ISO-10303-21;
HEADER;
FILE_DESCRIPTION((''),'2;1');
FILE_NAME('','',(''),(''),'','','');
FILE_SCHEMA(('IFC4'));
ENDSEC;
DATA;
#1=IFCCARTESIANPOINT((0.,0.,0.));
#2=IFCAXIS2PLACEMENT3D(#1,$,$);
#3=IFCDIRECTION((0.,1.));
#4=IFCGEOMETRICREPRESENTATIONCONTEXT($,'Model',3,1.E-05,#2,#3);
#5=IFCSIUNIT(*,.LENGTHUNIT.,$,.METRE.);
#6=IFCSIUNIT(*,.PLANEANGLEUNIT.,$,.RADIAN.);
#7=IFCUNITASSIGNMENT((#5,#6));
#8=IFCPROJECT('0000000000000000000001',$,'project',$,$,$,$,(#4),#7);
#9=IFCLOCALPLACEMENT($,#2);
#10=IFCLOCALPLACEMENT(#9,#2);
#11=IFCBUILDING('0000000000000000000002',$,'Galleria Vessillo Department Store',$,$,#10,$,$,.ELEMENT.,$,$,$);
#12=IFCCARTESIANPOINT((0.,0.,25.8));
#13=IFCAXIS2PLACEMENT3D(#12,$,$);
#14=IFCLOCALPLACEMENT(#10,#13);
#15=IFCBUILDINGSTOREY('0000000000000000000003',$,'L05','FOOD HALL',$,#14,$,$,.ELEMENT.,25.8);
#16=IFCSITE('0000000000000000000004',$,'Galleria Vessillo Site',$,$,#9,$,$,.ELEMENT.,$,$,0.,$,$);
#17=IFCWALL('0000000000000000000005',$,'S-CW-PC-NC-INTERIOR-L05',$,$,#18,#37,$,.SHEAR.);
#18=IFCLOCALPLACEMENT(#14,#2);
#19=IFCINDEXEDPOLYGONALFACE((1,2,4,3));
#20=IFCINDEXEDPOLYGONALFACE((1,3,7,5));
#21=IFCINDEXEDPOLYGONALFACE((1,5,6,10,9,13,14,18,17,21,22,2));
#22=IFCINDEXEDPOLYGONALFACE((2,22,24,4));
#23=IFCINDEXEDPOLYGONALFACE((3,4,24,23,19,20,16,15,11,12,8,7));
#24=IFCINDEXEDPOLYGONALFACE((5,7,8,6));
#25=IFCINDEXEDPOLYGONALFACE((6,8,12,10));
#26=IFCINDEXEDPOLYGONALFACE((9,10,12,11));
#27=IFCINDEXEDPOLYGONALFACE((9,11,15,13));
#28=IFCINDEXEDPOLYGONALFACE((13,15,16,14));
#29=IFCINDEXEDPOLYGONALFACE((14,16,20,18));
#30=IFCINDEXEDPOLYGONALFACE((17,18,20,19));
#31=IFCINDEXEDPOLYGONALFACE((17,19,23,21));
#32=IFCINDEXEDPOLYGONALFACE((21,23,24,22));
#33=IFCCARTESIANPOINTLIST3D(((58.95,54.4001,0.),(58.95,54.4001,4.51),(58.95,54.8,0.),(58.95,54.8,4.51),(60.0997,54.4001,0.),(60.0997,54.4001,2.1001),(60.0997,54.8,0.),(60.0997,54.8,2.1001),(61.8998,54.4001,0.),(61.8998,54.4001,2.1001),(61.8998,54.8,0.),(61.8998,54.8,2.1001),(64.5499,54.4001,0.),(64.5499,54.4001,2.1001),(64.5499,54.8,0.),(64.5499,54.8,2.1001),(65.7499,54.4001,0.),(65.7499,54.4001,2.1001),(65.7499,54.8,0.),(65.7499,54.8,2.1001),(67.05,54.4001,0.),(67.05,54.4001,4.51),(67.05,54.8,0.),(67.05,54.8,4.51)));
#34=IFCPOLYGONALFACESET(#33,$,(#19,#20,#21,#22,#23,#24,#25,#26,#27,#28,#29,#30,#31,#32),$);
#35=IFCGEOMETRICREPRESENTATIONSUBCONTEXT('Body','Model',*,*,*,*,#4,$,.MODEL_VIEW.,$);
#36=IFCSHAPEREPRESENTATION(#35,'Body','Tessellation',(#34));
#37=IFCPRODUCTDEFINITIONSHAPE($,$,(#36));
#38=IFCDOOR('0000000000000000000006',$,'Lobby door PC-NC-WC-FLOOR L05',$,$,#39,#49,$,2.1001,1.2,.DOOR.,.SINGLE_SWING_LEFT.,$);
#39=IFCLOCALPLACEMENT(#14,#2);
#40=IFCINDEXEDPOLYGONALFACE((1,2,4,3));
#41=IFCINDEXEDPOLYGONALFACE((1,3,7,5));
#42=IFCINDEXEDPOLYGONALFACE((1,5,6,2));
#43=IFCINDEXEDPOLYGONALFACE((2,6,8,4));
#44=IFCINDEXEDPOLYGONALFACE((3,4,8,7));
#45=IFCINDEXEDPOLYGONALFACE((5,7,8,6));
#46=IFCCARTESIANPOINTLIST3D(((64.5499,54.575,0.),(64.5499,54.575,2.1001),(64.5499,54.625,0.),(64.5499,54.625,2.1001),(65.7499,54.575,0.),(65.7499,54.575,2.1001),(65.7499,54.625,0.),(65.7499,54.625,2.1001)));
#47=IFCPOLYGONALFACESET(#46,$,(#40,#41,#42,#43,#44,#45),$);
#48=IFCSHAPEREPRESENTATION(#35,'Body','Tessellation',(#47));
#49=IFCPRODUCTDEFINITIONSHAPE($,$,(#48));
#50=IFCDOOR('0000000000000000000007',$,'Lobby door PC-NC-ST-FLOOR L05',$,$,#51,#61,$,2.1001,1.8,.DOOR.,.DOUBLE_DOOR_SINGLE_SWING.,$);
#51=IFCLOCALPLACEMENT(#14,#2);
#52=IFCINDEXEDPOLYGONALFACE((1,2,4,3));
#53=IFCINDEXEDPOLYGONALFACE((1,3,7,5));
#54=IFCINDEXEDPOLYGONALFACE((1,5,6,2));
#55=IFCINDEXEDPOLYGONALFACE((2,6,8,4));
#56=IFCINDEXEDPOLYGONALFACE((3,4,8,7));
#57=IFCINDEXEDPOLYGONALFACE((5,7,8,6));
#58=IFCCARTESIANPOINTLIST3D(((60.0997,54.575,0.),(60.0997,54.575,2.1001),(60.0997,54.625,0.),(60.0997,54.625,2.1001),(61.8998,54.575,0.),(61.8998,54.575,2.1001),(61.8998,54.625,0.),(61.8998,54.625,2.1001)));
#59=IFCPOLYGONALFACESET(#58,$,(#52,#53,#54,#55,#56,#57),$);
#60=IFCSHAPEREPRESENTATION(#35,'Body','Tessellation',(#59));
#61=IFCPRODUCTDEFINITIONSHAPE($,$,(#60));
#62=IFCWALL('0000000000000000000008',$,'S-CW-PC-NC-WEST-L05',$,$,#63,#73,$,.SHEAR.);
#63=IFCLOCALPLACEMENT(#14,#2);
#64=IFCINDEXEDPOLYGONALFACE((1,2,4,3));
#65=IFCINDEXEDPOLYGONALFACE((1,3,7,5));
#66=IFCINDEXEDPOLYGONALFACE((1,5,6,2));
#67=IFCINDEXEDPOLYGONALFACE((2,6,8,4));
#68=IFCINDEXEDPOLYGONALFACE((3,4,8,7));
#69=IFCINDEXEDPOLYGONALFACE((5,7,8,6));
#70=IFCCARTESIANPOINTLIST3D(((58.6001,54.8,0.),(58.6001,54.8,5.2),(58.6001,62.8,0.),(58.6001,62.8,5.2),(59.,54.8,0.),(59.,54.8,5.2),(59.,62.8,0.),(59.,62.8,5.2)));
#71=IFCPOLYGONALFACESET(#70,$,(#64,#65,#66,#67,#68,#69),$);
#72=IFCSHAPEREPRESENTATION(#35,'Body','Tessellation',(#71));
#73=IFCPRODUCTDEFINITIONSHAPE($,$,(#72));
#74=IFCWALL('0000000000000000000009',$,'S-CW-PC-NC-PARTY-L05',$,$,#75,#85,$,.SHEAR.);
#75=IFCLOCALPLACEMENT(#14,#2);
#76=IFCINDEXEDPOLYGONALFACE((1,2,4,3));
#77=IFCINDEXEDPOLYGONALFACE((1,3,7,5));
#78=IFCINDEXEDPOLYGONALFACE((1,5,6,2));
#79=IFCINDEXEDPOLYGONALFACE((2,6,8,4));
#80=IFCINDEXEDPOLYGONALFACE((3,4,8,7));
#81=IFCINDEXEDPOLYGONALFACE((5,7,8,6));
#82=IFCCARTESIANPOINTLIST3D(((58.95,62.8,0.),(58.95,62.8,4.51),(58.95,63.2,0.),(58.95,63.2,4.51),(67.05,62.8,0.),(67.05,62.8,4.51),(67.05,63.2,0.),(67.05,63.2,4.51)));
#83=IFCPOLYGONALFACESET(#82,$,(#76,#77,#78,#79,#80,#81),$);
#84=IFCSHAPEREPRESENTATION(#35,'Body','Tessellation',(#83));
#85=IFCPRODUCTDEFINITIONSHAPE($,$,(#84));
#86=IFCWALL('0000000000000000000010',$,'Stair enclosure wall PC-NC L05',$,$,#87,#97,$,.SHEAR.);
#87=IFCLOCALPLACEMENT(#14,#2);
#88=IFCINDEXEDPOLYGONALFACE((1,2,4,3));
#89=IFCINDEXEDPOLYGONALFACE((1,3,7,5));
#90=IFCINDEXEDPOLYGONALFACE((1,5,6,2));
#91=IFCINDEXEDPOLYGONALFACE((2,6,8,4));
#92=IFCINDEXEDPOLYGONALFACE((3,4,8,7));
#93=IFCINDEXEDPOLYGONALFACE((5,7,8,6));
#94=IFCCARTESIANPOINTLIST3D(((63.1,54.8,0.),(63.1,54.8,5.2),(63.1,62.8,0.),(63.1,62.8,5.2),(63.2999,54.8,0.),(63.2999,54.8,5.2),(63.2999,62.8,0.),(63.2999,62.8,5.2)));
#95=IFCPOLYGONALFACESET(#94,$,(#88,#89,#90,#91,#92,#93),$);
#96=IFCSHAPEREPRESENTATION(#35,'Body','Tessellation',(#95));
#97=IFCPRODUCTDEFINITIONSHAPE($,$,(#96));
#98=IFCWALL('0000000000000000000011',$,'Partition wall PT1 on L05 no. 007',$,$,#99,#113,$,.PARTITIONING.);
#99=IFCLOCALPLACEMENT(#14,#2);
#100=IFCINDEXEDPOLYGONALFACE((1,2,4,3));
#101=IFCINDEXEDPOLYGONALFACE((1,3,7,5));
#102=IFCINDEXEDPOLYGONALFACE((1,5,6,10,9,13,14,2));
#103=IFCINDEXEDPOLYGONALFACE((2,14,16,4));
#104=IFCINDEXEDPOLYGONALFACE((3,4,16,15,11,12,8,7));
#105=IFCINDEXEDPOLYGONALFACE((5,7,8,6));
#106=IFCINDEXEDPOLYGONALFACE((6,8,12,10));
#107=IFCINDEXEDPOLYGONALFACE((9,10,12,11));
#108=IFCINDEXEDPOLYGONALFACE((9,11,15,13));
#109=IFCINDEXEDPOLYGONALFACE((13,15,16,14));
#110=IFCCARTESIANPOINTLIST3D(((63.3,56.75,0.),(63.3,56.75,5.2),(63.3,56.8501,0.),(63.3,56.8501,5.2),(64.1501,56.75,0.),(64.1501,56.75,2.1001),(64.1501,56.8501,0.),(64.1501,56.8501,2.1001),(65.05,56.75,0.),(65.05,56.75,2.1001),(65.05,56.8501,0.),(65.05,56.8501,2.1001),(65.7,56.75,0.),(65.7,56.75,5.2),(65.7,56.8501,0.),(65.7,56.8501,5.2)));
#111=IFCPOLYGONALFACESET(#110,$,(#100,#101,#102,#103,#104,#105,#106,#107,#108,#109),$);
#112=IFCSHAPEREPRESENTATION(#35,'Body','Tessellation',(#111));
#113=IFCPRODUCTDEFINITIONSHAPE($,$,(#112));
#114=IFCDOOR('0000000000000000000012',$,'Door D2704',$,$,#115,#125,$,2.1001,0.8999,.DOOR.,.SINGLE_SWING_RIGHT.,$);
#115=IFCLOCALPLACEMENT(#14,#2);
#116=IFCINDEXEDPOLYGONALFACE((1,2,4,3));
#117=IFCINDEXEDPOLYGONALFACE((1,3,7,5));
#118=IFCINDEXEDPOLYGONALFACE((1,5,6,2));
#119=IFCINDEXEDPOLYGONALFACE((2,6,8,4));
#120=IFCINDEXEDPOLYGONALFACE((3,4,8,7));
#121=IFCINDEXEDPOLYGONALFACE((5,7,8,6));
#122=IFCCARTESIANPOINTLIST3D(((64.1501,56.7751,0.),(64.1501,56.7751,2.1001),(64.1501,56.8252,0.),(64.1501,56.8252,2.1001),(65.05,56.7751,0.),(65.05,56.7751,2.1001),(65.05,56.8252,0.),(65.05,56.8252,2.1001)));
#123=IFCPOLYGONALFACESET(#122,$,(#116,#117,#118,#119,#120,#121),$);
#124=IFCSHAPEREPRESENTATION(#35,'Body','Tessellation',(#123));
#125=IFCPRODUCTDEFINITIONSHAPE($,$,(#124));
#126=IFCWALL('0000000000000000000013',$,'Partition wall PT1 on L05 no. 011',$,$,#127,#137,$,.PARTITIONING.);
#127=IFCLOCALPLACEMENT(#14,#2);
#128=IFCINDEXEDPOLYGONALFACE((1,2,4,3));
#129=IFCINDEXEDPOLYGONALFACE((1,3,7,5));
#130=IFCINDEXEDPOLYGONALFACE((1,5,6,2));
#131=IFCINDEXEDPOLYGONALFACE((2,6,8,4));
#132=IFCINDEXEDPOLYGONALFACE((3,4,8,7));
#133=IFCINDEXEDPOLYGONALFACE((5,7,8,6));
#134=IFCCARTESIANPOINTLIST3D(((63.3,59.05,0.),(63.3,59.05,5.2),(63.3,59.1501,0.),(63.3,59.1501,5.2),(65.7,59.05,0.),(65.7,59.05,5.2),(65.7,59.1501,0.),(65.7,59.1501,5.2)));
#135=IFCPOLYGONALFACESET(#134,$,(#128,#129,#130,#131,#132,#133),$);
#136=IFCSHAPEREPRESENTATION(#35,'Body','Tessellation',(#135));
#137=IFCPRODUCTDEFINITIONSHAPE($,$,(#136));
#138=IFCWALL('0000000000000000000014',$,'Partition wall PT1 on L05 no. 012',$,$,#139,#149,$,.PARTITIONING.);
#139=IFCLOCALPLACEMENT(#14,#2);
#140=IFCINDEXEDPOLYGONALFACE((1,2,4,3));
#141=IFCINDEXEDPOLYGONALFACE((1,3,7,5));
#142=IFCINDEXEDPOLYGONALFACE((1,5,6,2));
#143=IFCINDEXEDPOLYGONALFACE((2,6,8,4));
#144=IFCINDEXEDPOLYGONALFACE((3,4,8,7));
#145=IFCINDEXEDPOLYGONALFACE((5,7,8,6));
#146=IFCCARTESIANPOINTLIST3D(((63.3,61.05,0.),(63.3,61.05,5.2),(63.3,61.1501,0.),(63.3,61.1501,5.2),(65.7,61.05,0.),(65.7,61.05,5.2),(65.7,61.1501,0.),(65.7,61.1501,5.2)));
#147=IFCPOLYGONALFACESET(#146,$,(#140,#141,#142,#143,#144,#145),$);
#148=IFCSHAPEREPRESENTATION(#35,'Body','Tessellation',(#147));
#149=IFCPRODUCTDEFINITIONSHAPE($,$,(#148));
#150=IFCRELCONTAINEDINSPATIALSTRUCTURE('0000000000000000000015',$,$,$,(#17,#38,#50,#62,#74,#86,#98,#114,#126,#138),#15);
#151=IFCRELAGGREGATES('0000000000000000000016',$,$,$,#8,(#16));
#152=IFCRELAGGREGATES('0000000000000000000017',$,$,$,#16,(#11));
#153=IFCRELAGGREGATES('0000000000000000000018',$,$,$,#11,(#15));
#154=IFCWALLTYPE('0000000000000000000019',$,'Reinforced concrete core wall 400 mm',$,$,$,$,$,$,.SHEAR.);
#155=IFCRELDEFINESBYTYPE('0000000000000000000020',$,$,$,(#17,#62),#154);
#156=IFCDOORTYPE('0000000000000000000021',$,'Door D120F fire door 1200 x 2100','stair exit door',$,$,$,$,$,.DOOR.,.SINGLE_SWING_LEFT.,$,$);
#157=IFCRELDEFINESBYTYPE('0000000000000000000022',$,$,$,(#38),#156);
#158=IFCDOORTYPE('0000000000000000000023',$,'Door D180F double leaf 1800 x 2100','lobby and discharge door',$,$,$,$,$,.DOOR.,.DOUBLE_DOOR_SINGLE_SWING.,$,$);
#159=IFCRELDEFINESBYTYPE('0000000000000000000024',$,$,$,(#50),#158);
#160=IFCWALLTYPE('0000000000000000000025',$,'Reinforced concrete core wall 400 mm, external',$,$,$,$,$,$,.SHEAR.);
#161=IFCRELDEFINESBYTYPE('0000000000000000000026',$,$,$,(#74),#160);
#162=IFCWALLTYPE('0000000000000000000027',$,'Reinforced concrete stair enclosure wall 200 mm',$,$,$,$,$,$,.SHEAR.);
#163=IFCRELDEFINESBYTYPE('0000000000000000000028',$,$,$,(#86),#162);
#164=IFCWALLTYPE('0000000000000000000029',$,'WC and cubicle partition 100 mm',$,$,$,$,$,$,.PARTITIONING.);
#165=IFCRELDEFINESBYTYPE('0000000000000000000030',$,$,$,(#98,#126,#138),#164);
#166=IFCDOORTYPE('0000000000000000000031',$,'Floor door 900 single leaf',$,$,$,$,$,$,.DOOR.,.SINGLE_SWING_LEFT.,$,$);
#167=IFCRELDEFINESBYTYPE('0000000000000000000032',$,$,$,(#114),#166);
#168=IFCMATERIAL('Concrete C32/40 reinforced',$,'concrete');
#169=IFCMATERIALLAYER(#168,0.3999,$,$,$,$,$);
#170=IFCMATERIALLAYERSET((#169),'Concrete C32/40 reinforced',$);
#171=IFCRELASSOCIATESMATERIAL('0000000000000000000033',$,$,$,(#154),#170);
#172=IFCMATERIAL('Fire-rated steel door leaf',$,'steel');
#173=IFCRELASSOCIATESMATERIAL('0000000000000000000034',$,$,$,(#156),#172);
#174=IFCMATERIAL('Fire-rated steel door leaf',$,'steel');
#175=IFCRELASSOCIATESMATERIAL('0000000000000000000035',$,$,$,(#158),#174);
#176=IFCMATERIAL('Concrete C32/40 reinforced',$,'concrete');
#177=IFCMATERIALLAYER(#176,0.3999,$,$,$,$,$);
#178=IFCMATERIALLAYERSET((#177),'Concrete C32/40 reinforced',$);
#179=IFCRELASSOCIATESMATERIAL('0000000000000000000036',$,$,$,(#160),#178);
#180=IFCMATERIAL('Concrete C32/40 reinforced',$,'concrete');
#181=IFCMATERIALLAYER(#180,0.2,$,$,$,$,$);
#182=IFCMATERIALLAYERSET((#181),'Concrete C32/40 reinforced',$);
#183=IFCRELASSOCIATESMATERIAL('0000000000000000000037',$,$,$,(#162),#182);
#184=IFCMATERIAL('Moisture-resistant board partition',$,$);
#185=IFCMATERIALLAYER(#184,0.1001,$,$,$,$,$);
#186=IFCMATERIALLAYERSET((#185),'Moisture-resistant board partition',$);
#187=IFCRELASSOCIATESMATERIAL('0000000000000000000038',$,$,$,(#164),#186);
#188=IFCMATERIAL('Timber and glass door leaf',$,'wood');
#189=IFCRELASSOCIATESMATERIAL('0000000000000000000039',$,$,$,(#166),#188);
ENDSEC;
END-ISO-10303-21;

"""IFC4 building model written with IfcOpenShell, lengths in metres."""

from ifc_helpers import new_model, si_unit, direction, frame, frame_2d, origin, place, context, subcontext, project, spatial, rectangle, extrude, material, layer, layer_set, type_object, element, fill, save


model = new_model("IFC4")

# Units and contexts
model_context = context("Model", 3, precision=1e-05, world=origin(), true_north=direction((0.0, 1.0)))
body_context = subcontext(model_context, "Body", "Model", "MODEL_VIEW")
ifc_project = project(units=[si_unit("LENGTHUNIT", "METRE"), si_unit("PLANEANGLEUNIT", "RADIAN")], contexts=[model_context])

# Site, building, storey
site_placement = place(None, origin())
site = spatial("IfcSite", under=ifc_project, at=site_placement, Name="Galleria Vessillo Site", CompositionType="ELEMENT", RefElevation=0.0)
building_placement = place(site_placement, origin())
building = spatial("IfcBuilding", under=site, at=building_placement, Name="Galleria Vessillo Department Store", CompositionType="ELEMENT")
storey_placement = place(building_placement, frame((0.0, 0.0, 25.8)))
storey = spatial("IfcBuildingStorey", under=building, at=storey_placement, Name="L05", Description="FOOD HALL", CompositionType="ELEMENT", Elevation=25.8)

# Wall, openings, doors
ifc_material_1 = material(Name="Concrete C32/40 reinforced", Category="concrete")
ifc_layer_1 = layer(ifc_material_1, 0.3999)
ifc_layer_set_1 = layer_set([ifc_layer_1], Name="Concrete C32/40 reinforced")
wall_type_1 = type_object("IfcWallType", Name="Reinforced concrete core wall 400 mm", PredefinedType="SHEAR", material=ifc_layer_set_1)
wall_1_placement = place(storey_placement, frame((58.95, 54.6001, 0.0), z_axis=(0.0, 0.0, 1.0), x_axis=(1.0, 0.0, 0.0)))
wall_1 = element("IfcWall", 1, at=wall_1_placement, inside=storey, type_object=wall_type_1, Name="S-CW-PC-NC-INTERIOR-L05", PredefinedType="SHEAR", context=body_context, shape_type="SweptSolid", body=[
    extrude(rectangle(XDim=8.1001, YDim=0.3999, at=frame_2d((4.05, 0.0))), origin(), (0.0, 0.0, 1.0), 4.51),
])
opening_1_placement = place(wall_1_placement, frame((1.1499, 0.0, 0.0)))
opening_1 = element("IfcOpeningElement", 2, at=opening_1_placement, cuts=wall_1, PredefinedType="OPENING", context=body_context, shape_type="SweptSolid", body=[
    extrude(rectangle(XDim=1.8, YDim=2.1001, at=frame_2d((0.8999, 1.05))), frame((0.0, 0.21, 0.0), z_axis=(0.0, -1.0, 0.0), x_axis=(1.0, 0.0, 0.0)), (0.0, 0.0, 1.0), 0.4199),
])
opening_2_placement = place(wall_1_placement, frame((5.5999, 0.0, 0.0)))
opening_2 = element("IfcOpeningElement", 3, at=opening_2_placement, cuts=wall_1, PredefinedType="OPENING", context=body_context, shape_type="SweptSolid", body=[
    extrude(rectangle(XDim=1.2, YDim=2.1001, at=frame_2d((0.6001, 1.05))), frame((0.0, 0.21, 0.0), z_axis=(0.0, -1.0, 0.0), x_axis=(1.0, 0.0, 0.0)), (0.0, 0.0, 1.0), 0.4199),
])
ifc_material_2 = material(Name="Fire-rated steel door leaf", Category="steel")
door_type_1 = type_object("IfcDoorType", Name="Door D120F fire door 1200 x 2100", Description="stair exit door", OperationType="SINGLE_SWING_LEFT", PredefinedType="DOOR", material=ifc_material_2)
door_1_placement = place(opening_2_placement, origin())
door_1 = element("IfcDoor", 4, at=door_1_placement, inside=storey, type_object=door_type_1, Name="Lobby door PC-NC-WC-FLOOR L05", OperationType="SINGLE_SWING_LEFT", OverallHeight=2.1001, OverallWidth=1.2, PredefinedType="DOOR", context=body_context, shape_type="SweptSolid", body=[
    extrude(rectangle(XDim=1.2, YDim=2.1001, at=frame_2d((0.6001, 1.05))), frame((0.0, 0.0249, 0.0), z_axis=(0.0, -1.0, 0.0), x_axis=(1.0, 0.0, 0.0)), (0.0, 0.0, 1.0), 0.05),
])
fill(opening_2, door_1)
ifc_material_3 = material(Name="Fire-rated steel door leaf", Category="steel")
door_type_2 = type_object("IfcDoorType", Name="Door D180F double leaf 1800 x 2100", Description="lobby and discharge door", OperationType="DOUBLE_DOOR_SINGLE_SWING", PredefinedType="DOOR", material=ifc_material_3)
door_2_placement = place(opening_1_placement, origin())
door_2 = element("IfcDoor", 5, at=door_2_placement, inside=storey, type_object=door_type_2, Name="Lobby door PC-NC-ST-FLOOR L05", OperationType="DOUBLE_DOOR_SINGLE_SWING", OverallHeight=2.1001, OverallWidth=1.8, PredefinedType="DOOR", context=body_context, shape_type="SweptSolid", body=[
    extrude(rectangle(XDim=1.8, YDim=2.1001, at=frame_2d((0.8999, 1.05))), frame((0.0, 0.0249, 0.0), z_axis=(0.0, -1.0, 0.0), x_axis=(1.0, 0.0, 0.0)), (0.0, 0.0, 1.0), 0.05),
])
fill(opening_1, door_2)

# Walls
wall_2_placement = place(storey_placement, frame((58.8, 54.8, 0.0), z_axis=(0.0, 0.0, 1.0), x_axis=(0.0, 1.0, 0.0)))
element("IfcWall", 6, at=wall_2_placement, inside=storey, type_object=wall_type_1, Name="S-CW-PC-NC-WEST-L05", PredefinedType="SHEAR", context=body_context, shape_type="SweptSolid", body=[
    extrude(rectangle(XDim=8.0, YDim=0.3999, at=frame_2d((4.0, 0.0))), origin(), (0.0, 0.0, 1.0), 5.2),
])
ifc_material_4 = material(Name="Concrete C32/40 reinforced", Category="concrete")
ifc_layer_2 = layer(ifc_material_4, 0.3999)
ifc_layer_set_2 = layer_set([ifc_layer_2], Name="Concrete C32/40 reinforced")
wall_type_2 = type_object("IfcWallType", Name="Reinforced concrete core wall 400 mm, external", PredefinedType="SHEAR", material=ifc_layer_set_2)
wall_3_placement = place(storey_placement, frame((58.95, 63.0, 0.0), z_axis=(0.0, 0.0, 1.0), x_axis=(1.0, 0.0, 0.0)))
element("IfcWall", 7, at=wall_3_placement, inside=storey, type_object=wall_type_2, Name="S-CW-PC-NC-PARTY-L05", PredefinedType="SHEAR", context=body_context, shape_type="SweptSolid", body=[
    extrude(rectangle(XDim=8.1001, YDim=0.3999, at=frame_2d((4.05, 0.0))), origin(), (0.0, 0.0, 1.0), 4.51),
])
ifc_material_5 = material(Name="Concrete C32/40 reinforced", Category="concrete")
ifc_layer_3 = layer(ifc_material_5, 0.2)
ifc_layer_set_3 = layer_set([ifc_layer_3], Name="Concrete C32/40 reinforced")
wall_type_3 = type_object("IfcWallType", Name="Reinforced concrete stair enclosure wall 200 mm", PredefinedType="SHEAR", material=ifc_layer_set_3)
wall_4_placement = place(storey_placement, frame((63.2, 62.8, 0.0), z_axis=(0.0, 0.0, 1.0), x_axis=(0.0, -1.0, 0.0)))
element("IfcWall", 8, at=wall_4_placement, inside=storey, type_object=wall_type_3, Name="Stair enclosure wall PC-NC L05", PredefinedType="SHEAR", context=body_context, shape_type="SweptSolid", body=[
    extrude(rectangle(XDim=8.0, YDim=0.2, at=frame_2d((4.0, 0.0))), origin(), (0.0, 0.0, 1.0), 5.2),
])

# Wall, opening, door
ifc_material_6 = material(Name="Moisture-resistant board partition")
ifc_layer_4 = layer(ifc_material_6, 0.1001)
ifc_layer_set_4 = layer_set([ifc_layer_4], Name="Moisture-resistant board partition")
wall_type_4 = type_object("IfcWallType", Name="WC and cubicle partition 100 mm", PredefinedType="PARTITIONING", material=ifc_layer_set_4)
wall_5_placement = place(storey_placement, frame((63.3, 56.8, 0.0), z_axis=(0.0, 0.0, 1.0), x_axis=(1.0, 0.0, 0.0)))
wall_5 = element("IfcWall", 9, at=wall_5_placement, inside=storey, type_object=wall_type_4, Name="Partition wall PT1 on L05 no. 007", PredefinedType="PARTITIONING", context=body_context, shape_type="SweptSolid", body=[
    extrude(rectangle(XDim=2.3999, YDim=0.1001, at=frame_2d((1.2, 0.0))), origin(), (0.0, 0.0, 1.0), 5.2),
])
opening_3_placement = place(wall_5_placement, frame((0.8501, 0.0, 0.0)))
opening_3 = element("IfcOpeningElement", 10, at=opening_3_placement, cuts=wall_5, PredefinedType="OPENING", context=body_context, shape_type="SweptSolid", body=[
    extrude(rectangle(XDim=0.8999, YDim=2.1001, at=frame_2d((0.45, 1.05))), frame((0.0, 0.0601, 0.0), z_axis=(0.0, -1.0, 0.0), x_axis=(1.0, 0.0, 0.0)), (0.0, 0.0, 1.0), 0.1201),
])
ifc_material_7 = material(Name="Timber and glass door leaf", Category="wood")
door_type_3 = type_object("IfcDoorType", Name="Floor door 900 single leaf", OperationType="SINGLE_SWING_LEFT", PredefinedType="DOOR", material=ifc_material_7)
door_3_placement = place(opening_3_placement, frame((0.8999, 0.0, 0.0), z_axis=(0.0, 0.0, 1.0), x_axis=(-1.0, 0.0, 0.0)))
door_3 = element("IfcDoor", 11, at=door_3_placement, inside=storey, type_object=door_type_3, Name="Door D2704", OperationType="SINGLE_SWING_RIGHT", OverallHeight=2.1001, OverallWidth=0.8999, PredefinedType="DOOR", context=body_context, shape_type="SweptSolid", body=[
    extrude(rectangle(XDim=0.8999, YDim=2.1001, at=frame_2d((0.45, 1.05))), frame((0.0, 0.0249, 0.0), z_axis=(0.0, -1.0, 0.0), x_axis=(1.0, 0.0, 0.0)), (0.0, 0.0, 1.0), 0.05),
])
fill(opening_3, door_3)

# Walls
for number, where, z_axis, x_axis, name in (
    (12, (63.3, 59.1001, 0.0), (0.0, 0.0, 1.0), (1.0, 0.0, 0.0), "Partition wall PT1 on L05 no. 011"),
    (13, (63.3, 61.1001, 0.0), (0.0, 0.0, 1.0), (1.0, 0.0, 0.0), "Partition wall PT1 on L05 no. 012"),
):
    element("IfcWall", number, at=place(storey_placement, frame(where, z_axis=z_axis, x_axis=x_axis)), inside=storey, type_object=wall_type_4, Name=name, PredefinedType="PARTITIONING", context=body_context, shape_type="SweptSolid", body=[
        extrude(rectangle(XDim=2.3999, YDim=0.1001, at=frame_2d((1.2, 0.0))), origin(), (0.0, 0.0, 1.0), 5.2),
    ])

save(model, "model.ifc")
